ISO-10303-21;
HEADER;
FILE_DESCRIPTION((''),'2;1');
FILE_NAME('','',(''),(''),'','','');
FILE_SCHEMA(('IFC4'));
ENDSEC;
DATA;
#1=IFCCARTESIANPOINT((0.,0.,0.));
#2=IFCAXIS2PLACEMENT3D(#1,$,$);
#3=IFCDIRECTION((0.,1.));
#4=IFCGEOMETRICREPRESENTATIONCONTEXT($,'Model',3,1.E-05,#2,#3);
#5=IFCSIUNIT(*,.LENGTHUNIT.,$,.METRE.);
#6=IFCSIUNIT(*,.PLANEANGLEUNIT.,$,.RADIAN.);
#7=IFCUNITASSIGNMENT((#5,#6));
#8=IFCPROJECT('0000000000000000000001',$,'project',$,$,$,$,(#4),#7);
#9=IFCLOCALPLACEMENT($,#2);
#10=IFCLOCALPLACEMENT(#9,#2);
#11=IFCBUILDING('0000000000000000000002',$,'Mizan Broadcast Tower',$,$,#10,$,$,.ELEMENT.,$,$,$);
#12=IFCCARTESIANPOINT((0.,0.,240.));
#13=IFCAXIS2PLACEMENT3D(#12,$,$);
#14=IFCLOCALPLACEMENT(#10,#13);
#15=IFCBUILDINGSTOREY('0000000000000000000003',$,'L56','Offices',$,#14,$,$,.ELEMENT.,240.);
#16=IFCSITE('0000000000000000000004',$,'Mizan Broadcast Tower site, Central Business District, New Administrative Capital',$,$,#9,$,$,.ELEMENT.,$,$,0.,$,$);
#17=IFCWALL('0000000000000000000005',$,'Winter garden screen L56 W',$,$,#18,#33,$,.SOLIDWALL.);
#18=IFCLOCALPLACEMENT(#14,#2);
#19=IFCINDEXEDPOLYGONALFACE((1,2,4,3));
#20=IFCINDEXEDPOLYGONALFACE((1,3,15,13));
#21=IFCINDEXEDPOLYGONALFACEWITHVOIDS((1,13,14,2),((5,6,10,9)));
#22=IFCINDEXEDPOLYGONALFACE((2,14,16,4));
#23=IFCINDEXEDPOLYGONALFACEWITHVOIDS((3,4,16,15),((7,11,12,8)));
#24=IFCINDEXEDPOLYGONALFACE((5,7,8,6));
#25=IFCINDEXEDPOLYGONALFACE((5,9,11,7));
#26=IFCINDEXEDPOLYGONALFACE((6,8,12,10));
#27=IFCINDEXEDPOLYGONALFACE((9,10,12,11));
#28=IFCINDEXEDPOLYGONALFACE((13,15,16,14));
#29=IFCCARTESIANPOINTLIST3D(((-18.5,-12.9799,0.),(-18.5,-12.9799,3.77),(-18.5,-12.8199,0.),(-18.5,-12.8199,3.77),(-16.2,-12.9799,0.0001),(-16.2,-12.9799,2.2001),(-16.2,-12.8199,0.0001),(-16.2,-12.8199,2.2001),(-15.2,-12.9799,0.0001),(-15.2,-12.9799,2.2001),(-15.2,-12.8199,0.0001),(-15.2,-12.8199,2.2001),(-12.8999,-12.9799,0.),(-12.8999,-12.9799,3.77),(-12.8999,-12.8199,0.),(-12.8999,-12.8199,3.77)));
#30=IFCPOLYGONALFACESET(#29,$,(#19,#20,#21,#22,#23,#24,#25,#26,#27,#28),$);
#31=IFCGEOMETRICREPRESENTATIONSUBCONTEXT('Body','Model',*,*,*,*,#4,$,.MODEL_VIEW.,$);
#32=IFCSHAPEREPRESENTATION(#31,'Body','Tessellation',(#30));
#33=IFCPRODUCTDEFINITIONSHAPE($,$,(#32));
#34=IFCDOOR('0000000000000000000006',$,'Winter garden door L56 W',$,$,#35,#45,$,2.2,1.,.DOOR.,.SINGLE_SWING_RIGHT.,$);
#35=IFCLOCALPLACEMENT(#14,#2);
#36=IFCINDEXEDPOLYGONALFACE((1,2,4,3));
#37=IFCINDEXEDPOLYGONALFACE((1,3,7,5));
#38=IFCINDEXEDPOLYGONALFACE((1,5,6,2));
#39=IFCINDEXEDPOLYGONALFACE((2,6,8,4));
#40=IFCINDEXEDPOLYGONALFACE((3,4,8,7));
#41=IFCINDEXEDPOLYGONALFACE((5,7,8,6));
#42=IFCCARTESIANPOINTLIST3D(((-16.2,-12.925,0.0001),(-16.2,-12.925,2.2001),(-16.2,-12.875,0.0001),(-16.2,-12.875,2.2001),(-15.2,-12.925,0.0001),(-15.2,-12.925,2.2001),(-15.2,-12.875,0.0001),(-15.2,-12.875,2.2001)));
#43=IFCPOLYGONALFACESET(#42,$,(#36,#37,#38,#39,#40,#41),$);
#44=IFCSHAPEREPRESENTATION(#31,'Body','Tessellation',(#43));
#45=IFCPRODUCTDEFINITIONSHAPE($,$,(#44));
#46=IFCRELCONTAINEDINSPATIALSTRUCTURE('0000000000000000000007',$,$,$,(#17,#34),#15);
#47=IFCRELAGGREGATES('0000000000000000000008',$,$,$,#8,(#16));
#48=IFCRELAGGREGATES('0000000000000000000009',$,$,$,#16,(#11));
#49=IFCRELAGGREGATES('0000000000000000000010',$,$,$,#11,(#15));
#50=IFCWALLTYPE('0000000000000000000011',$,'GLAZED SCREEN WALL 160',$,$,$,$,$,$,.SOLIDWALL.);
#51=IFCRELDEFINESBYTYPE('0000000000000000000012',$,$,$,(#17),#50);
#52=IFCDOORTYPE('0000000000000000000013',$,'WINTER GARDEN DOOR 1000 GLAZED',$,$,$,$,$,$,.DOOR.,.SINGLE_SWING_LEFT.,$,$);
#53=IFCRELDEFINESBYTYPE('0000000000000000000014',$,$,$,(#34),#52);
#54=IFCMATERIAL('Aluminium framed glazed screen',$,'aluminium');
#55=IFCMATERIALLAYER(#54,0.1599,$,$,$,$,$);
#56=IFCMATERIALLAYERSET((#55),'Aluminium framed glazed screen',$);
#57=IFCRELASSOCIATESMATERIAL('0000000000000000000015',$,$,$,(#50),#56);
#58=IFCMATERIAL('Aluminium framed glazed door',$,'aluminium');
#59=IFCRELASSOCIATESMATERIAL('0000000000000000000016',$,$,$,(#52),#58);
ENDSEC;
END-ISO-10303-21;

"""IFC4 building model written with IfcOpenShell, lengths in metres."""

from ifc_helpers import new_model, si_unit, direction, frame, frame_2d, origin, place, context, subcontext, project, spatial, rectangle, extrude, material, layer, layer_set, type_object, element, fill, save


model = new_model("IFC4")

# Units and contexts
model_context = context("Model", 3, precision=1e-05, world=origin(), true_north=direction((0.0, 1.0)))
body_context = subcontext(model_context, "Body", "Model", "MODEL_VIEW")
ifc_project = project(units=[si_unit("LENGTHUNIT", "METRE"), si_unit("PLANEANGLEUNIT", "RADIAN")], contexts=[model_context])

# Site, building, storey
site_placement = place(None, origin())
site = spatial("IfcSite", under=ifc_project, at=site_placement, Name="Mizan Broadcast Tower site, Central Business District, New Administrative Capital", CompositionType="ELEMENT", RefElevation=0.0)
building_placement = place(site_placement, origin())
building = spatial("IfcBuilding", under=site, at=building_placement, Name="Mizan Broadcast Tower", CompositionType="ELEMENT")
storey_placement = place(building_placement, frame((0.0, 0.0, 240.0)))
storey = spatial("IfcBuildingStorey", under=building, at=storey_placement, Name="L56", Description="Offices", CompositionType="ELEMENT", Elevation=240.0)

# Wall, opening, door
ifc_material_1 = material(Name="Aluminium framed glazed screen", Category="aluminium")
ifc_layer_1 = layer(ifc_material_1, 0.1599)
ifc_layer_set_1 = layer_set([ifc_layer_1], Name="Aluminium framed glazed screen")
wall_type = type_object("IfcWallType", Name="GLAZED SCREEN WALL 160", PredefinedType="SOLIDWALL", material=ifc_layer_set_1)
wall_placement = place(storey_placement, frame((-18.5, -12.8999, 0.0), z_axis=(0.0, 0.0, 1.0), x_axis=(1.0, 0.0, 0.0)))
wall = element("IfcWall", 1, at=wall_placement, inside=storey, type_object=wall_type, Name="Winter garden screen L56 W", PredefinedType="SOLIDWALL", context=body_context, shape_type="SweptSolid", body=[
    extrude(rectangle(XDim=5.6001, YDim=0.1599, at=frame_2d((2.8, 0.0))), origin(), (0.0, 0.0, 1.0), 3.77),
])
opening_placement = place(wall_placement, frame((2.3, 0.0, 0.0)))
opening = element("IfcOpeningElement", 2, at=opening_placement, cuts=wall, PredefinedType="OPENING", context=body_context, shape_type="SweptSolid", body=[
    extrude(rectangle(XDim=1.0, YDim=2.2, at=frame_2d((0.5, 1.1001))), frame((0.0, 0.0898, 0.0), z_axis=(0.0, -1.0, 0.0), x_axis=(1.0, 0.0, 0.0)), (0.0, 0.0, 1.0), 0.1799),
])
ifc_material_2 = material(Name="Aluminium framed glazed door", Category="aluminium")
door_type = type_object("IfcDoorType", Name="WINTER GARDEN DOOR 1000 GLAZED", OperationType="SINGLE_SWING_LEFT", PredefinedType="DOOR", material=ifc_material_2)
door_placement = place(opening_placement, origin())
door = element("IfcDoor", 3, at=door_placement, inside=storey, type_object=door_type, Name="Winter garden door L56 W", OperationType="SINGLE_SWING_RIGHT", OverallHeight=2.2, OverallWidth=1.0, PredefinedType="DOOR", context=body_context, shape_type="SweptSolid", body=[
    extrude(rectangle(XDim=1.0, YDim=2.2, at=frame_2d((0.5, 1.1001))), frame((0.0, 0.0249, 0.0), z_axis=(0.0, -1.0, 0.0), x_axis=(1.0, 0.0, 0.0)), (0.0, 0.0, 1.0), 0.05),
])
fill(opening, door)

save(model, "model.ifc")
